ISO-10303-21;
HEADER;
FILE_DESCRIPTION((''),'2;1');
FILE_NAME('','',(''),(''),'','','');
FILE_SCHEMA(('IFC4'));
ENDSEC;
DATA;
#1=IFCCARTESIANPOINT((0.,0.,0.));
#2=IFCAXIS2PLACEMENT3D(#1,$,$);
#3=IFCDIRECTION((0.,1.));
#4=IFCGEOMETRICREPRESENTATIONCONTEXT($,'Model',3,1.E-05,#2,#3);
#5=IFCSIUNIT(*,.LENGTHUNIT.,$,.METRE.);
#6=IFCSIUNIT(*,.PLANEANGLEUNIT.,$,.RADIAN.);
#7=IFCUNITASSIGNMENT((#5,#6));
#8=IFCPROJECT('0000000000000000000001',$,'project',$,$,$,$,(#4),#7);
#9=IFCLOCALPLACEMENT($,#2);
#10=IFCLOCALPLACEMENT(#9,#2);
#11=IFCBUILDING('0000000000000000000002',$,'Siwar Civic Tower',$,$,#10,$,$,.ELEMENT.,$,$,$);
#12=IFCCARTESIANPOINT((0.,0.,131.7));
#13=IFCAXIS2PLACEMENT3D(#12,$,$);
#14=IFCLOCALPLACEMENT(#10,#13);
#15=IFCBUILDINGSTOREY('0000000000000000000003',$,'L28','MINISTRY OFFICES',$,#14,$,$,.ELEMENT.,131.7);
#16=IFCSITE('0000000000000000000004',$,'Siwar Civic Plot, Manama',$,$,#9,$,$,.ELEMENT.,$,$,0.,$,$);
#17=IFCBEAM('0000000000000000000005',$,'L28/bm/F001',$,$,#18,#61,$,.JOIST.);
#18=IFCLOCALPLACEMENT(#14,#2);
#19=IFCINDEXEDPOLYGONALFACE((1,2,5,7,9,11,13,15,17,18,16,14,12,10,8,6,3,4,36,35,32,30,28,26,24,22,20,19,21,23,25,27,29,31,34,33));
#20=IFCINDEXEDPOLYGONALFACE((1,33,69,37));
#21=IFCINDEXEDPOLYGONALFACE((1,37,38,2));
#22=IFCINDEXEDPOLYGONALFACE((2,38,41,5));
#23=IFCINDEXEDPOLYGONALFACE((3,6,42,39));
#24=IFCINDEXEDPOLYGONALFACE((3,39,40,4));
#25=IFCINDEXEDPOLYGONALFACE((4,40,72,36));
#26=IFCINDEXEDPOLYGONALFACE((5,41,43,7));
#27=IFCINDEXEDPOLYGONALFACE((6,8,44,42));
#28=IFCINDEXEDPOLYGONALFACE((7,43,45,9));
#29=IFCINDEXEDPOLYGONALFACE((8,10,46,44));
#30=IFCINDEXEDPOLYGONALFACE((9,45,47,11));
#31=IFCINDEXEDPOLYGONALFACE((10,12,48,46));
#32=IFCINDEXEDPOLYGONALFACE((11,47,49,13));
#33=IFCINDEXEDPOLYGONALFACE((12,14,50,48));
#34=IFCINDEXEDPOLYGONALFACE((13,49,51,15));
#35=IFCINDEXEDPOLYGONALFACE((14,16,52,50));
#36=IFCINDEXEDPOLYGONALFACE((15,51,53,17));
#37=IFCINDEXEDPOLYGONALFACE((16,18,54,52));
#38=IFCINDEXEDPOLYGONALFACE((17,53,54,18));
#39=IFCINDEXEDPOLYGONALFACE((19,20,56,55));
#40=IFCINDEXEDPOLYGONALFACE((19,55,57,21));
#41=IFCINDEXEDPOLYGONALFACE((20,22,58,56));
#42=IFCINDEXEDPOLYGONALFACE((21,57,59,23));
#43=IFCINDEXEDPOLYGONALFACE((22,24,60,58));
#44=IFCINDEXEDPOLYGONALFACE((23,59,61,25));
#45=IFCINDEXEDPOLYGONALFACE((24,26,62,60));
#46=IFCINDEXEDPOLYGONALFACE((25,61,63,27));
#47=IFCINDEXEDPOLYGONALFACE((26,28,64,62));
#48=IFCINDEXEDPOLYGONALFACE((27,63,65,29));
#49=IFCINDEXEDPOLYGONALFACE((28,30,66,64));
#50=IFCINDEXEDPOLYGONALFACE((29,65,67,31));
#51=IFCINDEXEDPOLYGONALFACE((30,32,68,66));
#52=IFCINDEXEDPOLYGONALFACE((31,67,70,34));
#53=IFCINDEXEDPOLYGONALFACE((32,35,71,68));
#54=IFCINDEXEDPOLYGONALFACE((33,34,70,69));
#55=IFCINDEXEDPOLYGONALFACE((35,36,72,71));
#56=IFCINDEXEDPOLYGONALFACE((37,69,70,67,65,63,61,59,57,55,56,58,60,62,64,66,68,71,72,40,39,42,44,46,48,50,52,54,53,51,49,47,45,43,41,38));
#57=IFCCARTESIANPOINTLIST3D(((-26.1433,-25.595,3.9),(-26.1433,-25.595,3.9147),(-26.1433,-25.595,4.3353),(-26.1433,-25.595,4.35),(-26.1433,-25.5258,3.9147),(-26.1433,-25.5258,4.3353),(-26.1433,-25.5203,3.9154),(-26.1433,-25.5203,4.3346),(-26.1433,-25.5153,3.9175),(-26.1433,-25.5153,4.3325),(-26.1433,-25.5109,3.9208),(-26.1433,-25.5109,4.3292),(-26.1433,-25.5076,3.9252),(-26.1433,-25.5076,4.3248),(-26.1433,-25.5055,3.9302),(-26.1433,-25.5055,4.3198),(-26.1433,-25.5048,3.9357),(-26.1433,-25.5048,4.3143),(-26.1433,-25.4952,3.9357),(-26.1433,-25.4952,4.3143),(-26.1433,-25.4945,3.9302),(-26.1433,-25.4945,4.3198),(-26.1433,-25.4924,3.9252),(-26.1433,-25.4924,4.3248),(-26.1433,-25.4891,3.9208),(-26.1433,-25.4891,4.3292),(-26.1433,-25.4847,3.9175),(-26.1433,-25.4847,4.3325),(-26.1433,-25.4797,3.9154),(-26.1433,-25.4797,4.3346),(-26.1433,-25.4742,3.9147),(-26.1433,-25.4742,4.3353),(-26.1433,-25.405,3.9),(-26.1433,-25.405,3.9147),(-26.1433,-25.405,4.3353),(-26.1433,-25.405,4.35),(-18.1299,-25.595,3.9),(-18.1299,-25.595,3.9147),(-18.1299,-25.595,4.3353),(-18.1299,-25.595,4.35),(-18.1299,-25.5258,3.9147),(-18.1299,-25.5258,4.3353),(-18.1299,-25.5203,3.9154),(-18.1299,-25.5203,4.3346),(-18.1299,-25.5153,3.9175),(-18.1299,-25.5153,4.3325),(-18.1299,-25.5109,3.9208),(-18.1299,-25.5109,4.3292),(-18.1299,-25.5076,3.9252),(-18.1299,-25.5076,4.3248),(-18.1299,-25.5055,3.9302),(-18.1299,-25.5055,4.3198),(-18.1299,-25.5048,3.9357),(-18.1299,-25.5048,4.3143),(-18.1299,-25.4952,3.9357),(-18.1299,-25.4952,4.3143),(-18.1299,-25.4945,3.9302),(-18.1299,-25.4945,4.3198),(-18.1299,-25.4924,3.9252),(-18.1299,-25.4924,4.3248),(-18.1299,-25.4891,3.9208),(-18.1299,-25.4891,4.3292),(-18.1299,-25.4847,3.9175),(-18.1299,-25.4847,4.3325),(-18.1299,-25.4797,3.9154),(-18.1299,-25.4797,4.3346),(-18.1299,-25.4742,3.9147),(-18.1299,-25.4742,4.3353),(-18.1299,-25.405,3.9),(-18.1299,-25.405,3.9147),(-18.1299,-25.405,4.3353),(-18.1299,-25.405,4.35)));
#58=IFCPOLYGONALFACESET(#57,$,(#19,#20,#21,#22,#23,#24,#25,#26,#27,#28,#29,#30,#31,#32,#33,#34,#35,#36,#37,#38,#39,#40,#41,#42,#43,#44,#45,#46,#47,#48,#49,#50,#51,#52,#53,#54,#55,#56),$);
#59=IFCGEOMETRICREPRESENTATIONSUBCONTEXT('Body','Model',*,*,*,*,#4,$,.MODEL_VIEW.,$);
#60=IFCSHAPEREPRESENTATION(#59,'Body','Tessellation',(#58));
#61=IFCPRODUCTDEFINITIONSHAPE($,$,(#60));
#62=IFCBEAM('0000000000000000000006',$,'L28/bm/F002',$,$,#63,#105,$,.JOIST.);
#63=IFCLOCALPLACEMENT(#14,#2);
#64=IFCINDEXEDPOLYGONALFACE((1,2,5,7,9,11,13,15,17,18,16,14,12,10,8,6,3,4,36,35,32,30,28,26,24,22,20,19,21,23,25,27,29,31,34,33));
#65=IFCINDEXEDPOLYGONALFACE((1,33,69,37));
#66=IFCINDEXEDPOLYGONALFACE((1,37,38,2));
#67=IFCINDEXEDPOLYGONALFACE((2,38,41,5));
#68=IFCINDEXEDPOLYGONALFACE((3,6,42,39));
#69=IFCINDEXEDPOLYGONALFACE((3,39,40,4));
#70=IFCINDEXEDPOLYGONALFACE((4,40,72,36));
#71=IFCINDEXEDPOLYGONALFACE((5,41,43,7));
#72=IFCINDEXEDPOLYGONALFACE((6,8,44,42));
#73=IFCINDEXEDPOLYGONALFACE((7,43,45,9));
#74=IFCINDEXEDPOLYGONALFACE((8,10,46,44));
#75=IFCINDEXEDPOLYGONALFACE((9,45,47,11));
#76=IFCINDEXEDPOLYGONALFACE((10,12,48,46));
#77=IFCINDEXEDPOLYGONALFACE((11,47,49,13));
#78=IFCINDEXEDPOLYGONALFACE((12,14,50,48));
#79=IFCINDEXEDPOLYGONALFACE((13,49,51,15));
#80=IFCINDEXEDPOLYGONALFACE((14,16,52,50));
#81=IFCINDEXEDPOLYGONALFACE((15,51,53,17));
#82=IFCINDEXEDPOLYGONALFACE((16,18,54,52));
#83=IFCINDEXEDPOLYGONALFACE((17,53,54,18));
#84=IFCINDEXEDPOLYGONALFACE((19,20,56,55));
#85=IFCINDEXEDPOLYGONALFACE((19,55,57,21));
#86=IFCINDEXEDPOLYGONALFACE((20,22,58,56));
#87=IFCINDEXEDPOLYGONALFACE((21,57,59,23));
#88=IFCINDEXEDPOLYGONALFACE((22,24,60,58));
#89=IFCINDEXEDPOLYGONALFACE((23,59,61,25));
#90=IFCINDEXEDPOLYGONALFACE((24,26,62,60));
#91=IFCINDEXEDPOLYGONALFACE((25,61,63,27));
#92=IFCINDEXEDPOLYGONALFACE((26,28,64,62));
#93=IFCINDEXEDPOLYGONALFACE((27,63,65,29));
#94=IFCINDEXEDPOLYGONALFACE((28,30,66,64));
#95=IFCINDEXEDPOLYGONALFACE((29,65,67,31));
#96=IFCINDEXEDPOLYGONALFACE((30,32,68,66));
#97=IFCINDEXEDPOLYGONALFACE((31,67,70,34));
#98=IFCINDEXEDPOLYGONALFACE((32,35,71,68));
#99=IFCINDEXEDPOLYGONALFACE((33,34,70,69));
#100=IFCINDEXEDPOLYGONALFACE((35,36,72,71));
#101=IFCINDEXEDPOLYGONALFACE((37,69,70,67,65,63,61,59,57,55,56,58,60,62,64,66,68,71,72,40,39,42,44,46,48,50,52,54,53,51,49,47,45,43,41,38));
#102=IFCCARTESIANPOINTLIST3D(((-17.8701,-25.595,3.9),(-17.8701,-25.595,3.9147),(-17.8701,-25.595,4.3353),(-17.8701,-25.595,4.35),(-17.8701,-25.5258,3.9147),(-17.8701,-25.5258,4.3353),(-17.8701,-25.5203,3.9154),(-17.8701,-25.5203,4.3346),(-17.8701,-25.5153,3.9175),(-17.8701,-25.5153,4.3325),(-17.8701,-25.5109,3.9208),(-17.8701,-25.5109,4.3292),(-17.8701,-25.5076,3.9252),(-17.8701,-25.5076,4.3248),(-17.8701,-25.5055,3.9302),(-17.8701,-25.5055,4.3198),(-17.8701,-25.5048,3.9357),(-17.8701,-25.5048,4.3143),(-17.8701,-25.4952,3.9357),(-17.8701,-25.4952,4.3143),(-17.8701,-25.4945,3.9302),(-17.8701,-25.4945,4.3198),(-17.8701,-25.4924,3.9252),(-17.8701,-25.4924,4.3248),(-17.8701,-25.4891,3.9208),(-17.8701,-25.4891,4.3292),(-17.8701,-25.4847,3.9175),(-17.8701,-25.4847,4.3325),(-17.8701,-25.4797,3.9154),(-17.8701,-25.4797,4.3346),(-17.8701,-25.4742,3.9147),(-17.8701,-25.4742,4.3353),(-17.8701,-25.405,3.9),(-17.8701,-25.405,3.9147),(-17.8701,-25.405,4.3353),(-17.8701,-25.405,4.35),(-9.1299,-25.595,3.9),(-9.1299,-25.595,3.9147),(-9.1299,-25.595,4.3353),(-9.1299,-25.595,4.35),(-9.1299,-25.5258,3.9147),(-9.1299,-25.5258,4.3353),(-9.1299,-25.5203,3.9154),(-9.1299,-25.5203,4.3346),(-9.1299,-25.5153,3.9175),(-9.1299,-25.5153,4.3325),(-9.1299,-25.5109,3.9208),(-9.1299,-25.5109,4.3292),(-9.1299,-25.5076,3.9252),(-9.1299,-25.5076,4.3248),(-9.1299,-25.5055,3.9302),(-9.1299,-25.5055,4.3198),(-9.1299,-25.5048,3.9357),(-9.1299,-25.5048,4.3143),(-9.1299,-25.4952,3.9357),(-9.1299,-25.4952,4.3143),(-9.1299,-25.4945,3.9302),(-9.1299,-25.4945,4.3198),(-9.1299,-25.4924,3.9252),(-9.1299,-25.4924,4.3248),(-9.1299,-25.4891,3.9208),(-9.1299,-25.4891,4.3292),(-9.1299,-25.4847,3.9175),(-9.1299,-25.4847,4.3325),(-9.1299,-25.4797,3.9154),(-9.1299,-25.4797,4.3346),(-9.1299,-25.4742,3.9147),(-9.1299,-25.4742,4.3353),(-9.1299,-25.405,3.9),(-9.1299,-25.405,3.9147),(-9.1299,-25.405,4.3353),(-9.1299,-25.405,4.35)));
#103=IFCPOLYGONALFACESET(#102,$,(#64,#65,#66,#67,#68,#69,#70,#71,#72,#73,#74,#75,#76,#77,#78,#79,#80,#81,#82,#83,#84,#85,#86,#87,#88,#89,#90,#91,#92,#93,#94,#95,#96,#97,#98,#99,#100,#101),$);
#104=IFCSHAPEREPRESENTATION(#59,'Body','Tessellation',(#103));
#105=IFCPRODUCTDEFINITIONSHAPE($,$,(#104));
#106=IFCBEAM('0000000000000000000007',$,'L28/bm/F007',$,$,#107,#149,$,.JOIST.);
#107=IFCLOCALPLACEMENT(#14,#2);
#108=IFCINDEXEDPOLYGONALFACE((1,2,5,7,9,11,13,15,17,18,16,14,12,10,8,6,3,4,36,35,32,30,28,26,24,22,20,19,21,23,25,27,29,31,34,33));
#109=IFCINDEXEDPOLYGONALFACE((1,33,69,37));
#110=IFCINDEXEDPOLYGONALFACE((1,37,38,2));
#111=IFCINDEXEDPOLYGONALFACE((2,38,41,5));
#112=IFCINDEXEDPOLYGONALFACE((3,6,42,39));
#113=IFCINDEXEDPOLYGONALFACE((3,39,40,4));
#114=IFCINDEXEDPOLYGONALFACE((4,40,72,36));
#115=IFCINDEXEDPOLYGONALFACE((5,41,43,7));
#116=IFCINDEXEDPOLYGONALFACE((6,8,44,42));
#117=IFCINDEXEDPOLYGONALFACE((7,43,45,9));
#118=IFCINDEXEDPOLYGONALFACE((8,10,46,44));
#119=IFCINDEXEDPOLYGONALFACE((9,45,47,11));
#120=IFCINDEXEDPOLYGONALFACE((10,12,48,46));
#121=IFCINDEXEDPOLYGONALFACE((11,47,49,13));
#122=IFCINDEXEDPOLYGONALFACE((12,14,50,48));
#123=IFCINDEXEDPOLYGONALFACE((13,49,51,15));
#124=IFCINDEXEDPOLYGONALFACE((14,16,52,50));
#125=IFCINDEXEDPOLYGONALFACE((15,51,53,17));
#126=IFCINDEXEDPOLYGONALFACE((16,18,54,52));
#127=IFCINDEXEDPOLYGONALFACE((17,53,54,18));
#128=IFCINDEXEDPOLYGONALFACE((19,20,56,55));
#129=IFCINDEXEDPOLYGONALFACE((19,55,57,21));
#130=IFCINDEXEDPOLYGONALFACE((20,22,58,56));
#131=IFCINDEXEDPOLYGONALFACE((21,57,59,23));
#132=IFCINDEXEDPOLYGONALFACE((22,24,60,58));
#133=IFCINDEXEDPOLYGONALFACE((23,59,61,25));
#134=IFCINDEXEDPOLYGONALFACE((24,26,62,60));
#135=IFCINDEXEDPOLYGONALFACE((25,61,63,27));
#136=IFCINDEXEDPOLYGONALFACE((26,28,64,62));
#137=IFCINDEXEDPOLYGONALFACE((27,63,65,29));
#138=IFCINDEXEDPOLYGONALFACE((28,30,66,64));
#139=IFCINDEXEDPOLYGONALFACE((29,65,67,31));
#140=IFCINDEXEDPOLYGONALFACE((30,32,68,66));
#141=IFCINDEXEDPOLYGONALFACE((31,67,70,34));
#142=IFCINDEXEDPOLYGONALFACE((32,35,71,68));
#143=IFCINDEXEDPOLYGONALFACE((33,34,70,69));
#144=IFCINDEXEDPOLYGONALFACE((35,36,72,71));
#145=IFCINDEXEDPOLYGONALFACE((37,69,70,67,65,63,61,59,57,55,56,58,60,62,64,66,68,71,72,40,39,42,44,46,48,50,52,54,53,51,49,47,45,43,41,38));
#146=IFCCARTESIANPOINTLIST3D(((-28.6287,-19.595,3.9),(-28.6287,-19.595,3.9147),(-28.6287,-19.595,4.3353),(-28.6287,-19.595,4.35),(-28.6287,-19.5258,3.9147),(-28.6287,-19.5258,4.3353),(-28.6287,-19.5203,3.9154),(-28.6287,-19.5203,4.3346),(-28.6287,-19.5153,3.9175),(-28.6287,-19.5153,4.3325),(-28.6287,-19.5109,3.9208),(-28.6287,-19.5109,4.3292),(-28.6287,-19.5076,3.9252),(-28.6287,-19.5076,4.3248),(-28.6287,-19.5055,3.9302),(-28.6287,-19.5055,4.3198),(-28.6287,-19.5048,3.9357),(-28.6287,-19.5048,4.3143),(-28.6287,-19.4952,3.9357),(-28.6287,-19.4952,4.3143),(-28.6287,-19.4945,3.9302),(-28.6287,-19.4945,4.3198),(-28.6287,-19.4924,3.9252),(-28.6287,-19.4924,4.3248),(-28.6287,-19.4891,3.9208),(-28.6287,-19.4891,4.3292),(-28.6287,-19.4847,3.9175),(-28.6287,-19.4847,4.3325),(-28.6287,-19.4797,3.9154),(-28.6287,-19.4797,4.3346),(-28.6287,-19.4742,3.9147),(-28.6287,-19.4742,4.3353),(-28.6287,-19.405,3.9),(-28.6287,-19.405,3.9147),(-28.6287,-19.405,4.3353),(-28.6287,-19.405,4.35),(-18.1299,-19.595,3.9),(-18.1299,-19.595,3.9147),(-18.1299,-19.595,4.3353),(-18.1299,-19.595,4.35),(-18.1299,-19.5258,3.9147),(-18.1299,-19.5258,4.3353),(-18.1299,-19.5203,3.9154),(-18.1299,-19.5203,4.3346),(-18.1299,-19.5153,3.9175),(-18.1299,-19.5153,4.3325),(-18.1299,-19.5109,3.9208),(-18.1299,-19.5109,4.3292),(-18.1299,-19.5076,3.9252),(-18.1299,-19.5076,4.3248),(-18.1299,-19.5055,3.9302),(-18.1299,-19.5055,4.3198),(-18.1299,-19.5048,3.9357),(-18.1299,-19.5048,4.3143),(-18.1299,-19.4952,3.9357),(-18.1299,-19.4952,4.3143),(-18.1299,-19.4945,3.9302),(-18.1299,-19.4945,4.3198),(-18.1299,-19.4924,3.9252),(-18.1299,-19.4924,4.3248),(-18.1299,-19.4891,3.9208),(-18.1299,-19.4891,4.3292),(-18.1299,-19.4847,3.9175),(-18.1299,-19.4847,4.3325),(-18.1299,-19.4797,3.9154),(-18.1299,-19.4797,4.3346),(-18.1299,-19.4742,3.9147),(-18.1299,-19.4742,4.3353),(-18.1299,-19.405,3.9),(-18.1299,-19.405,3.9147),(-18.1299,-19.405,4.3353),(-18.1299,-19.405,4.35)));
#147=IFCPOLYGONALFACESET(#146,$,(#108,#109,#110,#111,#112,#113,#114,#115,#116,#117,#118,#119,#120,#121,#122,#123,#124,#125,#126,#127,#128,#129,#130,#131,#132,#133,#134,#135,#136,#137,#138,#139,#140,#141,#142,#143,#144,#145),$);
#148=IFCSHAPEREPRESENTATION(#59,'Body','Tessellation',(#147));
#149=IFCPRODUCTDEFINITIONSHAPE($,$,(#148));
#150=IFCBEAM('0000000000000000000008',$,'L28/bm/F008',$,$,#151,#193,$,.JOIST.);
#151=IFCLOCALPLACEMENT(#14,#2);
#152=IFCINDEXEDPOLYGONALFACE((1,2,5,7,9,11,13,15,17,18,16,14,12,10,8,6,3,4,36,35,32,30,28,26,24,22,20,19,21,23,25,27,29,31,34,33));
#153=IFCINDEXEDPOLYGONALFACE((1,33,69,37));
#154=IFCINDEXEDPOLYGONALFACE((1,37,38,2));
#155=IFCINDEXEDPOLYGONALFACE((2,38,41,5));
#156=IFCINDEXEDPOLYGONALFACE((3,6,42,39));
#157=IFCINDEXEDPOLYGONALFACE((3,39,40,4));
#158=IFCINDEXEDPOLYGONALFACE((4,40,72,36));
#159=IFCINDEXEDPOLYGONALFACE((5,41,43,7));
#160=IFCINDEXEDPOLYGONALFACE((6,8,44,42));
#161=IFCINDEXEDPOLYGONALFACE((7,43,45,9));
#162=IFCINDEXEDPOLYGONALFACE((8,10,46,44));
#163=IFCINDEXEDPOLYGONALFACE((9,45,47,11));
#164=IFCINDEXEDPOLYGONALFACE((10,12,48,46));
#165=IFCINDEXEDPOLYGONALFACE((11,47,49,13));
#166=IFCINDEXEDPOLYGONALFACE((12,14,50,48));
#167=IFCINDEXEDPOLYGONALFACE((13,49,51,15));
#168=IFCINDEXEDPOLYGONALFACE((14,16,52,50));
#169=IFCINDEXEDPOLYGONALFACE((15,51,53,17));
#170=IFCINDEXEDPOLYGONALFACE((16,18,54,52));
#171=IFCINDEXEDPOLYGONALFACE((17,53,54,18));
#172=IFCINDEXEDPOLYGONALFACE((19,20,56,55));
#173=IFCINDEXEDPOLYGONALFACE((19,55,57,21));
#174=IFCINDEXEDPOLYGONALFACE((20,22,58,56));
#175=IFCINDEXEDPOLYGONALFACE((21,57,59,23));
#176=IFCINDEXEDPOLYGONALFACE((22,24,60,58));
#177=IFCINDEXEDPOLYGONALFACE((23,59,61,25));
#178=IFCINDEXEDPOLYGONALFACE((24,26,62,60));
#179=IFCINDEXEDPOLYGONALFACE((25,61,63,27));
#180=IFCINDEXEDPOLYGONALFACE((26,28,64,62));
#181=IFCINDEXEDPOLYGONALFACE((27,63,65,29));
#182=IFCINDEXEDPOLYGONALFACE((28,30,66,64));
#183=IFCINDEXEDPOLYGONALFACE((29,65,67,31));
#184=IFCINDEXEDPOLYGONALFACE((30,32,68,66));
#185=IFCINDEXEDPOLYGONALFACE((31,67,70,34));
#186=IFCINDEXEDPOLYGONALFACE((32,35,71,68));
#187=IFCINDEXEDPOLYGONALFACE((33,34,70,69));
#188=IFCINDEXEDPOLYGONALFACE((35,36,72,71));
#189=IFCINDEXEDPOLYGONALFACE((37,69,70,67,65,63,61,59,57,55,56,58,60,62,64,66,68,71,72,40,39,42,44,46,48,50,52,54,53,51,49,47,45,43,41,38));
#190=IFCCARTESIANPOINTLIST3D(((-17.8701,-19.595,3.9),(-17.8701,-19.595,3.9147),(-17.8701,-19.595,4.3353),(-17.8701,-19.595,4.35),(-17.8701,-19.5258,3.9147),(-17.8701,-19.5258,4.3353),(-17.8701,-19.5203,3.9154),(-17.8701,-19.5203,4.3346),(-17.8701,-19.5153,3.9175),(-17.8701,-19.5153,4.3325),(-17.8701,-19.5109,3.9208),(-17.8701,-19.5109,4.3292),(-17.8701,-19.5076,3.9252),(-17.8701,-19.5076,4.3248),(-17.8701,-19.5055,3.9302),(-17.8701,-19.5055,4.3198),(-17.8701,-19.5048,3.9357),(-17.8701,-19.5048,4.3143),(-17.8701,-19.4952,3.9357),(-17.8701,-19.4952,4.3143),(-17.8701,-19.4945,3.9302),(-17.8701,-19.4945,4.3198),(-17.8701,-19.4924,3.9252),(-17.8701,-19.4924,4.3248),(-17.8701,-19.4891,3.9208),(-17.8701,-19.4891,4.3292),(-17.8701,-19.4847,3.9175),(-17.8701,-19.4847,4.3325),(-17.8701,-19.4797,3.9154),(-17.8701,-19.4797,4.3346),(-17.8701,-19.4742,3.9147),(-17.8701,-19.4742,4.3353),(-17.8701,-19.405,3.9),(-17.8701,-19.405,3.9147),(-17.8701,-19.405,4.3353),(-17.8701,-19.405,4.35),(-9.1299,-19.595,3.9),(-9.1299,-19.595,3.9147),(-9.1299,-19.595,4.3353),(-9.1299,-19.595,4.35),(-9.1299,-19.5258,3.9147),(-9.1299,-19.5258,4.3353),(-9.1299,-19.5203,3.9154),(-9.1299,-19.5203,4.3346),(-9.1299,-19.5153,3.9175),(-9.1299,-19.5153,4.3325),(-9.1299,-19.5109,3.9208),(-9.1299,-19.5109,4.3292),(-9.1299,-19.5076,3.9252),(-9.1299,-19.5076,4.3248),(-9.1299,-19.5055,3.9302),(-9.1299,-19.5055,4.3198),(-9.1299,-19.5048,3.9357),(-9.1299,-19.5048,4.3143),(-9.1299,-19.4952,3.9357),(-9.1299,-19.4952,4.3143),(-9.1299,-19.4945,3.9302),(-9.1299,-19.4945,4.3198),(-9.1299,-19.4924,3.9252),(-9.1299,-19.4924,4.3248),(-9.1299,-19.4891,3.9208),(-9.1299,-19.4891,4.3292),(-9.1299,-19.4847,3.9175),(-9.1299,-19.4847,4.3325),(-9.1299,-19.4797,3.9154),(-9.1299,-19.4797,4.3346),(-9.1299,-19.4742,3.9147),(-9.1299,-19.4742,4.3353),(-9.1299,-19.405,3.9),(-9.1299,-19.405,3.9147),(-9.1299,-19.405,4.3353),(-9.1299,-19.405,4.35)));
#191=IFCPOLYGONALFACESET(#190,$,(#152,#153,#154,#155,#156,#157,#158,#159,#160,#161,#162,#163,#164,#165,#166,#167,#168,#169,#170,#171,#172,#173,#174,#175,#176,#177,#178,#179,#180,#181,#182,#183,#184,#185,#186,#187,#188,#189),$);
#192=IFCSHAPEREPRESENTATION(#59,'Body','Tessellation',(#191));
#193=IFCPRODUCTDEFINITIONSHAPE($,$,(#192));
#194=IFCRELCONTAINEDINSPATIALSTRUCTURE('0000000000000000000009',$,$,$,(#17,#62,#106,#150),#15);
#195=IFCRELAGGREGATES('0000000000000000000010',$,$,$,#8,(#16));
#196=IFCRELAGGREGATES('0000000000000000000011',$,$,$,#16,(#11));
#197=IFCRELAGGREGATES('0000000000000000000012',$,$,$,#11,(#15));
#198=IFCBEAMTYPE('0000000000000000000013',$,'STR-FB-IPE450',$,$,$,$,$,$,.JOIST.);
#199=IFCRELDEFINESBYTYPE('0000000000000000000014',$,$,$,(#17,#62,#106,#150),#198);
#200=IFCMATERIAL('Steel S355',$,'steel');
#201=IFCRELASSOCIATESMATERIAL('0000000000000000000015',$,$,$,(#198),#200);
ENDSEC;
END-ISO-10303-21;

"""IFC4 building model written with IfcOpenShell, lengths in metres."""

from ifc_helpers import new_model, si_unit, direction, frame, origin, origin_2d, place, context, subcontext, project, spatial, i_section, extrude, material, material_profile, profile_set, type_object, element, save


model = new_model("IFC4")

# Units and contexts
model_context = context("Model", 3, precision=1e-05, world=origin(), true_north=direction((0.0, 1.0)))
body_context = subcontext(model_context, "Body", "Model", "MODEL_VIEW")
ifc_project = project(units=[si_unit("LENGTHUNIT", "METRE"), si_unit("PLANEANGLEUNIT", "RADIAN")], contexts=[model_context])

# Site, building, storey
site_placement = place(None, origin())
site = spatial("IfcSite", under=ifc_project, at=site_placement, Name="Siwar Civic Plot, Manama", CompositionType="ELEMENT", RefElevation=0.0)
building_placement = place(site_placement, origin())
building = spatial("IfcBuilding", under=site, at=building_placement, Name="Siwar Civic Tower", CompositionType="ELEMENT")
storey_placement = place(building_placement, frame((0.0, 0.0, 131.7)))
storey = spatial("IfcBuildingStorey", under=building, at=storey_placement, Name="L28", Description="MINISTRY OFFICES", CompositionType="ELEMENT", Elevation=131.7)

# Beams
ifc_material_1 = material(Name="Steel S355", Category="steel")
ifc_material_profile_1 = material_profile(ifc_material_1, i_section(OverallWidth=0.1899, OverallDepth=0.45, WebThickness=0.0095, FlangeThickness=0.0146, FilletRadius=0.021, at=origin_2d()), Name="IPE450")
ifc_profile_set_1 = profile_set([ifc_material_profile_1], Name="Steel S355")
beam_type_1 = type_object("IfcBeamType", Name="STR-FB-IPE450", PredefinedType="JOIST", material=ifc_profile_set_1)
beam_1_placement = place(storey_placement, frame((-26.1433, -25.5, 4.125), z_axis=(1.0, 0.0, 0.0), x_axis=(0.0, 1.0, 0.0)))
element("IfcBeam", 1, at=beam_1_placement, inside=storey, type_object=beam_type_1, Name="L28/bm/F001", PredefinedType="JOIST", context=body_context, shape_type="SweptSolid", body=[
    extrude(i_section(OverallWidth=0.1899, OverallDepth=0.45, WebThickness=0.0095, FlangeThickness=0.0146, FilletRadius=0.021, at=origin_2d()), origin(), (0.0, 0.0, 1.0), 8.0134),
])
beam_2_placement = place(storey_placement, frame((-17.8701, -25.5, 4.125), z_axis=(1.0, 0.0, 0.0), x_axis=(0.0, 1.0, 0.0)))
element("IfcBeam", 2, at=beam_2_placement, inside=storey, type_object=beam_type_1, Name="L28/bm/F002", PredefinedType="JOIST", context=body_context, shape_type="SweptSolid", body=[
    extrude(i_section(OverallWidth=0.1899, OverallDepth=0.45, WebThickness=0.0095, FlangeThickness=0.0146, FilletRadius=0.021, at=origin_2d()), origin(), (0.0, 0.0, 1.0), 8.7402),
])
beam_3_placement = place(storey_placement, frame((-28.6287, -19.5, 4.125), z_axis=(1.0, 0.0, 0.0), x_axis=(0.0, 1.0, 0.0)))
element("IfcBeam", 3, at=beam_3_placement, inside=storey, type_object=beam_type_1, Name="L28/bm/F007", PredefinedType="JOIST", context=body_context, shape_type="SweptSolid", body=[
    extrude(i_section(OverallWidth=0.1899, OverallDepth=0.45, WebThickness=0.0095, FlangeThickness=0.0146, FilletRadius=0.021, at=origin_2d()), origin(), (0.0, 0.0, 1.0), 10.4988),
])
beam_4_placement = place(storey_placement, frame((-17.8701, -19.5, 4.125), z_axis=(1.0, 0.0, 0.0), x_axis=(0.0, 1.0, 0.0)))
element("IfcBeam", 4, at=beam_4_placement, inside=storey, type_object=beam_type_1, Name="L28/bm/F008", PredefinedType="JOIST", context=body_context, shape_type="SweptSolid", body=[
    extrude(i_section(OverallWidth=0.1899, OverallDepth=0.45, WebThickness=0.0095, FlangeThickness=0.0146, FilletRadius=0.021, at=origin_2d()), origin(), (0.0, 0.0, 1.0), 8.7402),
])

save(model, "model.ifc")
